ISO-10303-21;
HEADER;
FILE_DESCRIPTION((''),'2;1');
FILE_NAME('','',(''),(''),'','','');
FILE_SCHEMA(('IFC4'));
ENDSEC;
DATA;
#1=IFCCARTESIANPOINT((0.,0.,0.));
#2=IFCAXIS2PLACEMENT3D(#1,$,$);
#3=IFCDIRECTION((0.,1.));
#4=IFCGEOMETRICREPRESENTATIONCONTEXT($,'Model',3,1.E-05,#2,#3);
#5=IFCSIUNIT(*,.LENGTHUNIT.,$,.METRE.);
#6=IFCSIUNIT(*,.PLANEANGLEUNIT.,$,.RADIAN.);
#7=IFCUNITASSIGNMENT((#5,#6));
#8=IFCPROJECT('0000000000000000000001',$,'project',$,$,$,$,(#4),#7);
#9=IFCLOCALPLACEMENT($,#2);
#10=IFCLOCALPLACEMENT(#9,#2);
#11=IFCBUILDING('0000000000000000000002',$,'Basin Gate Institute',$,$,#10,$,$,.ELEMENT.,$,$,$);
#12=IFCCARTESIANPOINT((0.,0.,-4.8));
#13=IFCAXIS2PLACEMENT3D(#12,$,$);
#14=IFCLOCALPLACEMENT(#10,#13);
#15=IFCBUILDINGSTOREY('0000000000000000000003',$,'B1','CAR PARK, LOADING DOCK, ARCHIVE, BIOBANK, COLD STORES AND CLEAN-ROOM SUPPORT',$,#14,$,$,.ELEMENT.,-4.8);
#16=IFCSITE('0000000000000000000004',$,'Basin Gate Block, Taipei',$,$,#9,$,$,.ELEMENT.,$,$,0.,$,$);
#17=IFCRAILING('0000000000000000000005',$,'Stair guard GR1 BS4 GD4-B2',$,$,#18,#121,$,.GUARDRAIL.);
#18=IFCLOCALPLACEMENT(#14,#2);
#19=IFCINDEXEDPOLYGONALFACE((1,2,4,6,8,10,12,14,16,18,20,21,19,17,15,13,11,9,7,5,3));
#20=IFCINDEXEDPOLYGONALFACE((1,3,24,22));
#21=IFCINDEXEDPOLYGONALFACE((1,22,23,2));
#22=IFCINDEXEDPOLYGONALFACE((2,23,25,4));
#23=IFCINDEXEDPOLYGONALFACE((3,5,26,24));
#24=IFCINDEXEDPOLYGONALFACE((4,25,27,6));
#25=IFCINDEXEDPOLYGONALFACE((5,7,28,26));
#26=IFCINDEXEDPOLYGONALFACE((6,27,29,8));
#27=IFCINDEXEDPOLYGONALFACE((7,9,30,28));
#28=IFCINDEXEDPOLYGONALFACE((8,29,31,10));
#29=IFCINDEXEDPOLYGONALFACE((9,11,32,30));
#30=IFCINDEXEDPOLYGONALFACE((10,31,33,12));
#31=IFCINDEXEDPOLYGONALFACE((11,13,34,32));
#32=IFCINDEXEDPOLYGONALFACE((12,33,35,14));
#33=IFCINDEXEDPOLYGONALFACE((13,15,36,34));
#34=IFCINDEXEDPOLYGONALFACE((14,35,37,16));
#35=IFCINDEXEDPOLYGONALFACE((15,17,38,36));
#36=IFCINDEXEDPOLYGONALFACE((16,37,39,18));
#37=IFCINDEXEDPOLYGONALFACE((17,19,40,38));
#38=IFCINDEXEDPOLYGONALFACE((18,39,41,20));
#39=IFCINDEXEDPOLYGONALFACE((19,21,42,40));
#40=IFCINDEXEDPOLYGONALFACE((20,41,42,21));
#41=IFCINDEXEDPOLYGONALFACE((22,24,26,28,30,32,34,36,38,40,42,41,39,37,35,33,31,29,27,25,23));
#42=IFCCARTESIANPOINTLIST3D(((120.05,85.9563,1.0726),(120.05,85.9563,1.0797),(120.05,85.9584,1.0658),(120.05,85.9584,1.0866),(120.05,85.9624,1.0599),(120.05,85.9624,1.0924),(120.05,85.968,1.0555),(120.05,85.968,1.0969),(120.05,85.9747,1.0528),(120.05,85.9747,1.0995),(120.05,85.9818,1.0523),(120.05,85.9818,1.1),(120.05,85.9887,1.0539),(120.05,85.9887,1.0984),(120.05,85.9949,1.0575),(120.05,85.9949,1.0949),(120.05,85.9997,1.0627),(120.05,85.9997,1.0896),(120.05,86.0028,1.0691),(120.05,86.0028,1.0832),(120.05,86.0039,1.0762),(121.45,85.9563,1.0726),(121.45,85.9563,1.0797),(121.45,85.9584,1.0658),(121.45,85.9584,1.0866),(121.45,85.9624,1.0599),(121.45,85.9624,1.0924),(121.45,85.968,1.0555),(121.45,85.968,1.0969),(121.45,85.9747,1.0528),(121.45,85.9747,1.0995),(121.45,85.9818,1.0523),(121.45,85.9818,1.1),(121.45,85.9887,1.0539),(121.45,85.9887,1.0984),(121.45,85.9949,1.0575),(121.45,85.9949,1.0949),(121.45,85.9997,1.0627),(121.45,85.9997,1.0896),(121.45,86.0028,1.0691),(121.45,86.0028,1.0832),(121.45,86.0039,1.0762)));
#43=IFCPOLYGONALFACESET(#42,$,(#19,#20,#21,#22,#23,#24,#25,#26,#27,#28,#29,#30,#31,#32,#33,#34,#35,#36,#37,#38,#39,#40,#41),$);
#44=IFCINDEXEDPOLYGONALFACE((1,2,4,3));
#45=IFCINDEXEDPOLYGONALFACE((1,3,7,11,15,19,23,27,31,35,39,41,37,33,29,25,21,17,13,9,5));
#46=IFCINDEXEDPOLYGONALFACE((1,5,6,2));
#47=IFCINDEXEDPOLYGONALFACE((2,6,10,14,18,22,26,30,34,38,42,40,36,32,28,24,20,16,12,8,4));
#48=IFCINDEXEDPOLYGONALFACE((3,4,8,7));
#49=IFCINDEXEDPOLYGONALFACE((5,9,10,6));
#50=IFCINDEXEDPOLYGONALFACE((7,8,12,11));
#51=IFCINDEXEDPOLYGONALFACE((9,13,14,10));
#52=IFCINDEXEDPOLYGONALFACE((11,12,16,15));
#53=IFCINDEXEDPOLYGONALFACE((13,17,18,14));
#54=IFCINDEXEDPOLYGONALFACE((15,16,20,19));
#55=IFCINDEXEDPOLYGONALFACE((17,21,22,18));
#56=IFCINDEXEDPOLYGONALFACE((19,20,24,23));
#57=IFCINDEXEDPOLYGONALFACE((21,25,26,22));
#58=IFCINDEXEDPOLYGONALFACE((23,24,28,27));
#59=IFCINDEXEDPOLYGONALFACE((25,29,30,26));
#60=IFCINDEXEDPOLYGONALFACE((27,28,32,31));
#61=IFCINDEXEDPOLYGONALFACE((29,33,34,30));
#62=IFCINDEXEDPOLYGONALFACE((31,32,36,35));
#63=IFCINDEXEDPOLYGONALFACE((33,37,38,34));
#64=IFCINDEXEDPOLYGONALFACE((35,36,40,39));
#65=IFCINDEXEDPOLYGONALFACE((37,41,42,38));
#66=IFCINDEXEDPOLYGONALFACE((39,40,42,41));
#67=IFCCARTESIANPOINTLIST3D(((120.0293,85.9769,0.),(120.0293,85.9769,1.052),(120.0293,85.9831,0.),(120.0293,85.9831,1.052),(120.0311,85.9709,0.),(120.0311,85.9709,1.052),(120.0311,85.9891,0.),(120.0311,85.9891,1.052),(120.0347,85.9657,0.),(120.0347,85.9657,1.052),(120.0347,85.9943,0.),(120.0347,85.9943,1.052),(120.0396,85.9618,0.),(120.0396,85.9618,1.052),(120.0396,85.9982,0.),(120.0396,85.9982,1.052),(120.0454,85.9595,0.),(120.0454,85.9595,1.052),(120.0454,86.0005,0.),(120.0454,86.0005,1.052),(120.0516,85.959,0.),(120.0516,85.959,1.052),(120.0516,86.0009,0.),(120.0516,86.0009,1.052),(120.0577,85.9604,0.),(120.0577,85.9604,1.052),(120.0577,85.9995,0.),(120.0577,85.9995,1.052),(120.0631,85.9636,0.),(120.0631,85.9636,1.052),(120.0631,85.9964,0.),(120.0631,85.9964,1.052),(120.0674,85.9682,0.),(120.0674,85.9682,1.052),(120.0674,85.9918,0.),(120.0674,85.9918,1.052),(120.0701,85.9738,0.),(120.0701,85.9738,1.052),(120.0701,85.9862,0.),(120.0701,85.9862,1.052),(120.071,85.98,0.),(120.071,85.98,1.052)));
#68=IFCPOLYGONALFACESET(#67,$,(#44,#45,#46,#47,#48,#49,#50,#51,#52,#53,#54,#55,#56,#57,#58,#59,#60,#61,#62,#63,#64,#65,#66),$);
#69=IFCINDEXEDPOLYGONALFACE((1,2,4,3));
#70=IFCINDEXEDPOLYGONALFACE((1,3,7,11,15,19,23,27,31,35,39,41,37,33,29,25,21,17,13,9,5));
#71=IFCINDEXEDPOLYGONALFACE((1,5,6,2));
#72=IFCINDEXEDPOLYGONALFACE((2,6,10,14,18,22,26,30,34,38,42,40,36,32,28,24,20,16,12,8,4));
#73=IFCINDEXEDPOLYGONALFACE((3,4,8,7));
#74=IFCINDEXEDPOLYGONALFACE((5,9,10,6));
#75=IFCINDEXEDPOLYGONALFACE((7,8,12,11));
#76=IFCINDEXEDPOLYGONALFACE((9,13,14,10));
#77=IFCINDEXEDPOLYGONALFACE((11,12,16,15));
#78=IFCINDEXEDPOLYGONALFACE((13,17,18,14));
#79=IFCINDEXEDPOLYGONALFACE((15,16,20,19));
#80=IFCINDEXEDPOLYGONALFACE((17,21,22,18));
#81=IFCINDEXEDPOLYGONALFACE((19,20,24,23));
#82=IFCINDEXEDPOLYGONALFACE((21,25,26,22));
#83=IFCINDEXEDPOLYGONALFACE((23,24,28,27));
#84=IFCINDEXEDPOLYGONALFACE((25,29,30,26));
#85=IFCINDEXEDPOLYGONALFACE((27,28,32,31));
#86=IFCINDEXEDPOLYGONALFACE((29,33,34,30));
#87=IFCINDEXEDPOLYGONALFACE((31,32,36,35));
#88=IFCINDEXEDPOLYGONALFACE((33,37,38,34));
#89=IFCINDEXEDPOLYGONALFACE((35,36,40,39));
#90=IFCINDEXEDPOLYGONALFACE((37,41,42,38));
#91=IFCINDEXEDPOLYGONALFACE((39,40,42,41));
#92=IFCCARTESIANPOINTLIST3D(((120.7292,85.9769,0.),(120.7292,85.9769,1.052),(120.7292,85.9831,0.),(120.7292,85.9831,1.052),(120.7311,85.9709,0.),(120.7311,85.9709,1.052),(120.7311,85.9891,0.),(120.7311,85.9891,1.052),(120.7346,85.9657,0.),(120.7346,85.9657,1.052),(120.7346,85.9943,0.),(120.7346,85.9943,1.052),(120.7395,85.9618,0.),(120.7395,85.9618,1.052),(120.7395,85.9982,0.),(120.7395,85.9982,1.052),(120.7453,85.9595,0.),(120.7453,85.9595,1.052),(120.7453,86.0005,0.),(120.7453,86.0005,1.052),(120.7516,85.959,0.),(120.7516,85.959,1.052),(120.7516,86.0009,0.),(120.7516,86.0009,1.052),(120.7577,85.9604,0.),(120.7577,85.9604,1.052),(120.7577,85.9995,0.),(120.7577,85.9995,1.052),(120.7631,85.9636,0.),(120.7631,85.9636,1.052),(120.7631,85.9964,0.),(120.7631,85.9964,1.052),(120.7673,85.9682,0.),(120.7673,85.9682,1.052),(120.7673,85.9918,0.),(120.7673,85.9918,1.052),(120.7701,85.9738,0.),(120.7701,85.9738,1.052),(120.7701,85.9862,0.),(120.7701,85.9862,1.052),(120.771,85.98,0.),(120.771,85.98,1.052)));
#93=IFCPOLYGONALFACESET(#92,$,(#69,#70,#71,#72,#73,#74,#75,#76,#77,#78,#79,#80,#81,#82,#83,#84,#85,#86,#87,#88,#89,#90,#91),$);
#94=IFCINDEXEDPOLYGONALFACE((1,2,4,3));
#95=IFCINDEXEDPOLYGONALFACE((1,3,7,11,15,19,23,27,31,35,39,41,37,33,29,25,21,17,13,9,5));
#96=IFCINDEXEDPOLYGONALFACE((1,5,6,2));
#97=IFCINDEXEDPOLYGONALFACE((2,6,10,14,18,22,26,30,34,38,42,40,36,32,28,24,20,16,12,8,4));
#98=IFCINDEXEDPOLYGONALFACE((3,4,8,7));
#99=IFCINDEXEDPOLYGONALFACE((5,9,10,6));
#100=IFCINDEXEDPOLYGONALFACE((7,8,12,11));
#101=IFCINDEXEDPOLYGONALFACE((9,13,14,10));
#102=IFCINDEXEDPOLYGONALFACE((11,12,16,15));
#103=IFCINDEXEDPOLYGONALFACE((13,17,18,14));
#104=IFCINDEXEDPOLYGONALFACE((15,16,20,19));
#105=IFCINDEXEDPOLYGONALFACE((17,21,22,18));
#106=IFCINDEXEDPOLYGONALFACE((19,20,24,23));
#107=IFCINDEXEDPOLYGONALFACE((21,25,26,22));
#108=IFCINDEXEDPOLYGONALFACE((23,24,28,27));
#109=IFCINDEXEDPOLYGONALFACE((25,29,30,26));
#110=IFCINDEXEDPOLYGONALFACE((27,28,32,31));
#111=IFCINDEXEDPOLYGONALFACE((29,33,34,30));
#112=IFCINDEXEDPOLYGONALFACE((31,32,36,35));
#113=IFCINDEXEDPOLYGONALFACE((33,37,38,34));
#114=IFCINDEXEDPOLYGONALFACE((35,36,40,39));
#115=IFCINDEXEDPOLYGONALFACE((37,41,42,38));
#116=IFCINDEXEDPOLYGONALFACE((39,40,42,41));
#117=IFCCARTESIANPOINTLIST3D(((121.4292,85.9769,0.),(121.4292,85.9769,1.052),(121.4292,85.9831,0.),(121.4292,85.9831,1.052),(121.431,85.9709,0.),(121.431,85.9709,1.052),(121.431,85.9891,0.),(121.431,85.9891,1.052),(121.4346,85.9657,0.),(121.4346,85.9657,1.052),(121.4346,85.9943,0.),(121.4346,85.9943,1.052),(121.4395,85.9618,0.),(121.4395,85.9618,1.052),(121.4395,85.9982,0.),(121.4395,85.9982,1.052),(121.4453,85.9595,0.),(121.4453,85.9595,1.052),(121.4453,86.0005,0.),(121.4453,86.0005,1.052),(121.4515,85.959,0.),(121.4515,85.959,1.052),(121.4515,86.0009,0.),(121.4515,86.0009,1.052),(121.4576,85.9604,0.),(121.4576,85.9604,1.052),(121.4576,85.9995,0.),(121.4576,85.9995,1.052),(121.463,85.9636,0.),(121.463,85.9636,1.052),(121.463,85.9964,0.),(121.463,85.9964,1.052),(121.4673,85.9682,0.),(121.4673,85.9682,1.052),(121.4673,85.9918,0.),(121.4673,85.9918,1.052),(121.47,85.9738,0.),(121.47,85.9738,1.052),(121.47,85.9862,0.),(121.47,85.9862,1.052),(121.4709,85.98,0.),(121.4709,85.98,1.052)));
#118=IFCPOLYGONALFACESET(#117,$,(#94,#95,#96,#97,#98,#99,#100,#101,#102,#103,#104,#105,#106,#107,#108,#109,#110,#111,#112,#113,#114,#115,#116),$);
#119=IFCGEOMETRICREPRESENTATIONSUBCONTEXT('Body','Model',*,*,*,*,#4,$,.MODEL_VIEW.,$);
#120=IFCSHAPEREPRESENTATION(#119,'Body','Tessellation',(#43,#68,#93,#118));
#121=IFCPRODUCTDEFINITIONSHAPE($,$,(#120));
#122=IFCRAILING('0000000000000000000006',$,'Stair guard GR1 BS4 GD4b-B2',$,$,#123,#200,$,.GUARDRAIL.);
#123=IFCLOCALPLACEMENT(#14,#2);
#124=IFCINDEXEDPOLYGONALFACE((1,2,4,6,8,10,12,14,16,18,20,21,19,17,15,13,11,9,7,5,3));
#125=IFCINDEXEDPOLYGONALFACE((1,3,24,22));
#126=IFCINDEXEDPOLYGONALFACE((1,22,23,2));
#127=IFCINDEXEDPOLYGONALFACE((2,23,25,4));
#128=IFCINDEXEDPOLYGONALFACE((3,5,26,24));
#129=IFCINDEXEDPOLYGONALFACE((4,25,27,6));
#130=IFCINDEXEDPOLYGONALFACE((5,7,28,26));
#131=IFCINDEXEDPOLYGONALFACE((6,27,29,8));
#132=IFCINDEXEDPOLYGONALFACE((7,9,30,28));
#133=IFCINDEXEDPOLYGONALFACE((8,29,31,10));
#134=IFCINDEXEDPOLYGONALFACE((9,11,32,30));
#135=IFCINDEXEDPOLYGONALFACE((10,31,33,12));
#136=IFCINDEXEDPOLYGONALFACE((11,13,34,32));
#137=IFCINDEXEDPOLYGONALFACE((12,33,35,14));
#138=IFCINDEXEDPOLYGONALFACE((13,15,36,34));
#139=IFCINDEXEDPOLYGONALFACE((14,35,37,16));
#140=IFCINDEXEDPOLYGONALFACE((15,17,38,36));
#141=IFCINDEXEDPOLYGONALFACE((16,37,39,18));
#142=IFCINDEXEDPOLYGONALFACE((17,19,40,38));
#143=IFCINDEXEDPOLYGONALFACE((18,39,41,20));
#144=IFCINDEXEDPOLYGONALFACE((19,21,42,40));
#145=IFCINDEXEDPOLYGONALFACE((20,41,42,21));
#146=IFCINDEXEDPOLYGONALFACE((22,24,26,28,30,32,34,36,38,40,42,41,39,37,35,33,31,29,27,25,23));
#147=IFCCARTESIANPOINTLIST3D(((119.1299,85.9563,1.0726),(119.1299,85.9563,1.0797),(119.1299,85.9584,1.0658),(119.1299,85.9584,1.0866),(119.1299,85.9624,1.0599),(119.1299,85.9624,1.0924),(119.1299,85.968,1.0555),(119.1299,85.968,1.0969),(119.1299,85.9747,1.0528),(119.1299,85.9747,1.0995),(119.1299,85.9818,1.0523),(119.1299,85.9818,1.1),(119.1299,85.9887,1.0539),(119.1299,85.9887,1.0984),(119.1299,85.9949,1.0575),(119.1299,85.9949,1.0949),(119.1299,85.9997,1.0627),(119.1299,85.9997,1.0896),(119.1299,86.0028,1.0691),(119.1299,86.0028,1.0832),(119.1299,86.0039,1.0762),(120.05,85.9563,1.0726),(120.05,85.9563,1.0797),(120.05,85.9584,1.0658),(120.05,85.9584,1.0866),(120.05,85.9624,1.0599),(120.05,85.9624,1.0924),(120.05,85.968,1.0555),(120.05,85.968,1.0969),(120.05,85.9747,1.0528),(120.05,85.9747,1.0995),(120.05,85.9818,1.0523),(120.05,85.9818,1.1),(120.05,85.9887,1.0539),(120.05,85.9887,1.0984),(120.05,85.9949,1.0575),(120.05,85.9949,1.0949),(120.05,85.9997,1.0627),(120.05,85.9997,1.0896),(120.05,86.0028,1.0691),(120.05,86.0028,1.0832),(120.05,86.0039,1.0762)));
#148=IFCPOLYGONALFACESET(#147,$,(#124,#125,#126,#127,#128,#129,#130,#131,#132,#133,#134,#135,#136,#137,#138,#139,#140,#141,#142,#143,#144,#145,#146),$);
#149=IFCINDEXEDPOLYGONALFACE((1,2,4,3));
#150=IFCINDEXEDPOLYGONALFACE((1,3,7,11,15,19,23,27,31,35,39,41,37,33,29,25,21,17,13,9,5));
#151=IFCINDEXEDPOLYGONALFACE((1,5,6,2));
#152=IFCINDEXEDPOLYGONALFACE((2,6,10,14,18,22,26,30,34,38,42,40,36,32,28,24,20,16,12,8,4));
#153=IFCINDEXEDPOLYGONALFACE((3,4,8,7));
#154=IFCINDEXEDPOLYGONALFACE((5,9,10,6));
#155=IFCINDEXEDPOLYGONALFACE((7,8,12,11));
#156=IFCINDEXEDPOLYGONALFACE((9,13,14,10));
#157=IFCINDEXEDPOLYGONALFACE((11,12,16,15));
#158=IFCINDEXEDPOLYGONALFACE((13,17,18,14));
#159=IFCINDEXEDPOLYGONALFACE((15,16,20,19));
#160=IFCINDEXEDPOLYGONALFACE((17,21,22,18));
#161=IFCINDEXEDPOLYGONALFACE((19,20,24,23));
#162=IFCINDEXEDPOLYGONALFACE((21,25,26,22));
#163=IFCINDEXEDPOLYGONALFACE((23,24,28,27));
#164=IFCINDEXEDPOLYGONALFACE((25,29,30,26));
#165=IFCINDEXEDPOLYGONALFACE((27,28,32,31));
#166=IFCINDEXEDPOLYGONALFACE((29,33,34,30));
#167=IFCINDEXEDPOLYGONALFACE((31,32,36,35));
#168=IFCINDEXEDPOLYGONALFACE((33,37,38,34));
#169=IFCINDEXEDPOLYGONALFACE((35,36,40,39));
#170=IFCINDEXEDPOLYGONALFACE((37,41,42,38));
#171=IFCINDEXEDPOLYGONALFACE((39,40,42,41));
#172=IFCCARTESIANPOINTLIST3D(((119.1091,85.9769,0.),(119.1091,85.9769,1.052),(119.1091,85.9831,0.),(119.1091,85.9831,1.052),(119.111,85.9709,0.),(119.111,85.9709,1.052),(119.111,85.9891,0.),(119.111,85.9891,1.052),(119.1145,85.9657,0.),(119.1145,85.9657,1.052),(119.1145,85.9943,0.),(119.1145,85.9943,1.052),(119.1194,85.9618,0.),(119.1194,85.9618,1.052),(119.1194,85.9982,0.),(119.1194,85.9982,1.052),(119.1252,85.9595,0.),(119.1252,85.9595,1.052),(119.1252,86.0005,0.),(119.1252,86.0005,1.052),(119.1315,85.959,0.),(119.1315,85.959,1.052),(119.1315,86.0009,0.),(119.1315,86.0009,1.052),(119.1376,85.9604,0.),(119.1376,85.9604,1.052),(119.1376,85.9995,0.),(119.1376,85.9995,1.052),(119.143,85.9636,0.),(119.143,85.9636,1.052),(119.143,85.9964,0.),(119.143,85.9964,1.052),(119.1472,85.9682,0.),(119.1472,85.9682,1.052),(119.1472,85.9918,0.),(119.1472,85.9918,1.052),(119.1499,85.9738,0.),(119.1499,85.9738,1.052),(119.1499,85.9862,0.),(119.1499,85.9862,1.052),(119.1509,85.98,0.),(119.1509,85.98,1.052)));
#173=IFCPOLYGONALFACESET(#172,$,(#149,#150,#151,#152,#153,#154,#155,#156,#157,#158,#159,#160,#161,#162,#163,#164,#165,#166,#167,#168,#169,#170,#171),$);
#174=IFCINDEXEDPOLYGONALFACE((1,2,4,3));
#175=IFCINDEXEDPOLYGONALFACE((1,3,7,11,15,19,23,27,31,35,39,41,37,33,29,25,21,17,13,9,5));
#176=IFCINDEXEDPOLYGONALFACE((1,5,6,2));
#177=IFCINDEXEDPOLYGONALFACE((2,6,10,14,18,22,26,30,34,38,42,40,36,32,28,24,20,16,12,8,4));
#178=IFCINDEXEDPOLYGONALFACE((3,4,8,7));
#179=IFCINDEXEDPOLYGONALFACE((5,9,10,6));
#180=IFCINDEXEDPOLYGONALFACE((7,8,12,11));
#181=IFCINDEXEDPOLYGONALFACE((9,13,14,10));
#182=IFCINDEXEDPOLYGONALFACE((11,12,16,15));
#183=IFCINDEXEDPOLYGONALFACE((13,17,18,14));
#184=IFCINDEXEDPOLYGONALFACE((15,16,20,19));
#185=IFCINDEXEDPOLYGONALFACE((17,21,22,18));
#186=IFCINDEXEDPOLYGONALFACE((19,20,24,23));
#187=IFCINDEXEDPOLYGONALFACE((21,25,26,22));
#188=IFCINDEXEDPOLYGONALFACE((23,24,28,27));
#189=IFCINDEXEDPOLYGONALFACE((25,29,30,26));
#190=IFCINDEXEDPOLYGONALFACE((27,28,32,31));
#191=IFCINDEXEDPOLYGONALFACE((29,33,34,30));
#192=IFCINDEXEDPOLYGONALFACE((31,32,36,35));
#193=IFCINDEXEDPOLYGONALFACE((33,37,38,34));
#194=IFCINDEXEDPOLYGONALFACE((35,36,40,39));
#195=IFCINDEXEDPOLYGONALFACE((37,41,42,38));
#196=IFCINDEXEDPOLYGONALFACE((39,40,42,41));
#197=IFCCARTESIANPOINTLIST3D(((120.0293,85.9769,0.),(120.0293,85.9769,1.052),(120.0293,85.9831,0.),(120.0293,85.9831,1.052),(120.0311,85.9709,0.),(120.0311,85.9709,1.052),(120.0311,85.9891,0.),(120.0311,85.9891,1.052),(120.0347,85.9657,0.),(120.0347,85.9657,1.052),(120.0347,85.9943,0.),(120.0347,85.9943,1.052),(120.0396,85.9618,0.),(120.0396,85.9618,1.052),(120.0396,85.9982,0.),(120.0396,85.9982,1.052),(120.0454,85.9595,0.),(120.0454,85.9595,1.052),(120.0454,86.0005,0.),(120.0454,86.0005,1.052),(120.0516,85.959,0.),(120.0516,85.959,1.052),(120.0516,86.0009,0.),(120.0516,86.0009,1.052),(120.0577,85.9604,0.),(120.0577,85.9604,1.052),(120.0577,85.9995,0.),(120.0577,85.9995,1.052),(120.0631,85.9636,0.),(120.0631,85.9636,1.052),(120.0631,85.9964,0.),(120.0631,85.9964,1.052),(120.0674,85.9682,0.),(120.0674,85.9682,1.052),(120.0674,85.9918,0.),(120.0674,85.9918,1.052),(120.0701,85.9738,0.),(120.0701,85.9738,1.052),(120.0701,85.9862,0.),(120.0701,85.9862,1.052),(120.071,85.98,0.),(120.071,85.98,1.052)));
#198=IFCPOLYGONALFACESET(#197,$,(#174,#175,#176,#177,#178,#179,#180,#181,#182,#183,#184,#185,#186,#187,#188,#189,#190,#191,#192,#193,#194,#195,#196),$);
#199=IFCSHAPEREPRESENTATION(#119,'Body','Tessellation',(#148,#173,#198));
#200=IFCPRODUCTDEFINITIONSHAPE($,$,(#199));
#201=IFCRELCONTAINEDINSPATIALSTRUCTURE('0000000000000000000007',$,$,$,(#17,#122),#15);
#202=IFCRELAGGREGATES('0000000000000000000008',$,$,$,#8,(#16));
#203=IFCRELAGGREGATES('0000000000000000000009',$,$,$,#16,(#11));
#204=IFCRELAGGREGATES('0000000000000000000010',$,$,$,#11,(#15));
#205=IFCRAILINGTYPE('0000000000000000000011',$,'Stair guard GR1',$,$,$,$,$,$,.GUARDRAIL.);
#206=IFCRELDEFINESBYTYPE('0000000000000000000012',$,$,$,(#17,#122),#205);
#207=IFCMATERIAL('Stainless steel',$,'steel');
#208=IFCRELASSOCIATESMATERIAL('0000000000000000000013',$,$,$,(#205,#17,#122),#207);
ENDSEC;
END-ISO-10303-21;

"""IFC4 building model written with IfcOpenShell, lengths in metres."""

from ifc_helpers import new_model, si_unit, direction, frame, origin, origin_2d, place, context, subcontext, project, spatial, circle, extrude, material, type_object, element, save


model = new_model("IFC4")

# Units and contexts
model_context = context("Model", 3, precision=1e-05, world=origin(), true_north=direction((0.0, 1.0)))
body_context = subcontext(model_context, "Body", "Model", "MODEL_VIEW")
ifc_project = project(units=[si_unit("LENGTHUNIT", "METRE"), si_unit("PLANEANGLEUNIT", "RADIAN")], contexts=[model_context])

# Site, building, storey
site_placement = place(None, origin())
site = spatial("IfcSite", under=ifc_project, at=site_placement, Name="Basin Gate Block, Taipei", CompositionType="ELEMENT", RefElevation=0.0)
building_placement = place(site_placement, origin())
building = spatial("IfcBuilding", under=site, at=building_placement, Name="Basin Gate Institute", CompositionType="ELEMENT")
storey_placement = place(building_placement, frame((0.0, 0.0, -4.8)))
storey = spatial("IfcBuildingStorey", under=building, at=storey_placement, Name="B1", Description="CAR PARK, LOADING DOCK, ARCHIVE, BIOBANK, COLD STORES AND CLEAN-ROOM SUPPORT", CompositionType="ELEMENT", Elevation=-4.8)

# Railings
ifc_material_1 = material(Name="Stainless steel", Category="steel")
railing_type_1 = type_object("IfcRailingType", Name="Stair guard GR1", PredefinedType="GUARDRAIL", material=ifc_material_1)
railing_1_placement = place(storey_placement, frame((120.05, 85.98, 0.0)))
element("IfcRailing", 1, at=railing_1_placement, inside=storey, type_object=railing_type_1, material=ifc_material_1, Name="Stair guard GR1 BS4 GD4-B2", PredefinedType="GUARDRAIL", context=body_context, shape_type="SweptSolid", body=[
    extrude(circle(Radius=0.0239, at=origin_2d()), frame((0.0, 0.0, 1.0762), z_axis=(1.0, 0.0, 0.0), x_axis=(0.0, 1.0, 0.0)), (0.0, 0.0, 1.0), 1.3999),
    extrude(circle(Radius=0.021, at=origin_2d()), origin(), (0.0, 0.0, 1.0), 1.052),
    extrude(circle(Radius=0.021, at=origin_2d()), frame((0.7, 0.0, 0.0)), (0.0, 0.0, 1.0), 1.052),
    extrude(circle(Radius=0.021, at=origin_2d()), frame((1.3999, 0.0, 0.0)), (0.0, 0.0, 1.0), 1.052),
])
railing_2_placement = place(storey_placement, frame((119.1299, 85.98, 0.0)))
element("IfcRailing", 2, at=railing_2_placement, inside=storey, type_object=railing_type_1, material=ifc_material_1, Name="Stair guard GR1 BS4 GD4b-B2", PredefinedType="GUARDRAIL", context=body_context, shape_type="SweptSolid", body=[
    extrude(circle(Radius=0.0239, at=origin_2d()), frame((0.0, 0.0, 1.0762), z_axis=(1.0, 0.0, 0.0), x_axis=(0.0, 1.0, 0.0)), (0.0, 0.0, 1.0), 0.9202),
    extrude(circle(Radius=0.021, at=origin_2d()), origin(), (0.0, 0.0, 1.0), 1.052),
    extrude(circle(Radius=0.021, at=origin_2d()), frame((0.9202, 0.0, 0.0)), (0.0, 0.0, 1.0), 1.052),
])

save(model, "model.ifc")
